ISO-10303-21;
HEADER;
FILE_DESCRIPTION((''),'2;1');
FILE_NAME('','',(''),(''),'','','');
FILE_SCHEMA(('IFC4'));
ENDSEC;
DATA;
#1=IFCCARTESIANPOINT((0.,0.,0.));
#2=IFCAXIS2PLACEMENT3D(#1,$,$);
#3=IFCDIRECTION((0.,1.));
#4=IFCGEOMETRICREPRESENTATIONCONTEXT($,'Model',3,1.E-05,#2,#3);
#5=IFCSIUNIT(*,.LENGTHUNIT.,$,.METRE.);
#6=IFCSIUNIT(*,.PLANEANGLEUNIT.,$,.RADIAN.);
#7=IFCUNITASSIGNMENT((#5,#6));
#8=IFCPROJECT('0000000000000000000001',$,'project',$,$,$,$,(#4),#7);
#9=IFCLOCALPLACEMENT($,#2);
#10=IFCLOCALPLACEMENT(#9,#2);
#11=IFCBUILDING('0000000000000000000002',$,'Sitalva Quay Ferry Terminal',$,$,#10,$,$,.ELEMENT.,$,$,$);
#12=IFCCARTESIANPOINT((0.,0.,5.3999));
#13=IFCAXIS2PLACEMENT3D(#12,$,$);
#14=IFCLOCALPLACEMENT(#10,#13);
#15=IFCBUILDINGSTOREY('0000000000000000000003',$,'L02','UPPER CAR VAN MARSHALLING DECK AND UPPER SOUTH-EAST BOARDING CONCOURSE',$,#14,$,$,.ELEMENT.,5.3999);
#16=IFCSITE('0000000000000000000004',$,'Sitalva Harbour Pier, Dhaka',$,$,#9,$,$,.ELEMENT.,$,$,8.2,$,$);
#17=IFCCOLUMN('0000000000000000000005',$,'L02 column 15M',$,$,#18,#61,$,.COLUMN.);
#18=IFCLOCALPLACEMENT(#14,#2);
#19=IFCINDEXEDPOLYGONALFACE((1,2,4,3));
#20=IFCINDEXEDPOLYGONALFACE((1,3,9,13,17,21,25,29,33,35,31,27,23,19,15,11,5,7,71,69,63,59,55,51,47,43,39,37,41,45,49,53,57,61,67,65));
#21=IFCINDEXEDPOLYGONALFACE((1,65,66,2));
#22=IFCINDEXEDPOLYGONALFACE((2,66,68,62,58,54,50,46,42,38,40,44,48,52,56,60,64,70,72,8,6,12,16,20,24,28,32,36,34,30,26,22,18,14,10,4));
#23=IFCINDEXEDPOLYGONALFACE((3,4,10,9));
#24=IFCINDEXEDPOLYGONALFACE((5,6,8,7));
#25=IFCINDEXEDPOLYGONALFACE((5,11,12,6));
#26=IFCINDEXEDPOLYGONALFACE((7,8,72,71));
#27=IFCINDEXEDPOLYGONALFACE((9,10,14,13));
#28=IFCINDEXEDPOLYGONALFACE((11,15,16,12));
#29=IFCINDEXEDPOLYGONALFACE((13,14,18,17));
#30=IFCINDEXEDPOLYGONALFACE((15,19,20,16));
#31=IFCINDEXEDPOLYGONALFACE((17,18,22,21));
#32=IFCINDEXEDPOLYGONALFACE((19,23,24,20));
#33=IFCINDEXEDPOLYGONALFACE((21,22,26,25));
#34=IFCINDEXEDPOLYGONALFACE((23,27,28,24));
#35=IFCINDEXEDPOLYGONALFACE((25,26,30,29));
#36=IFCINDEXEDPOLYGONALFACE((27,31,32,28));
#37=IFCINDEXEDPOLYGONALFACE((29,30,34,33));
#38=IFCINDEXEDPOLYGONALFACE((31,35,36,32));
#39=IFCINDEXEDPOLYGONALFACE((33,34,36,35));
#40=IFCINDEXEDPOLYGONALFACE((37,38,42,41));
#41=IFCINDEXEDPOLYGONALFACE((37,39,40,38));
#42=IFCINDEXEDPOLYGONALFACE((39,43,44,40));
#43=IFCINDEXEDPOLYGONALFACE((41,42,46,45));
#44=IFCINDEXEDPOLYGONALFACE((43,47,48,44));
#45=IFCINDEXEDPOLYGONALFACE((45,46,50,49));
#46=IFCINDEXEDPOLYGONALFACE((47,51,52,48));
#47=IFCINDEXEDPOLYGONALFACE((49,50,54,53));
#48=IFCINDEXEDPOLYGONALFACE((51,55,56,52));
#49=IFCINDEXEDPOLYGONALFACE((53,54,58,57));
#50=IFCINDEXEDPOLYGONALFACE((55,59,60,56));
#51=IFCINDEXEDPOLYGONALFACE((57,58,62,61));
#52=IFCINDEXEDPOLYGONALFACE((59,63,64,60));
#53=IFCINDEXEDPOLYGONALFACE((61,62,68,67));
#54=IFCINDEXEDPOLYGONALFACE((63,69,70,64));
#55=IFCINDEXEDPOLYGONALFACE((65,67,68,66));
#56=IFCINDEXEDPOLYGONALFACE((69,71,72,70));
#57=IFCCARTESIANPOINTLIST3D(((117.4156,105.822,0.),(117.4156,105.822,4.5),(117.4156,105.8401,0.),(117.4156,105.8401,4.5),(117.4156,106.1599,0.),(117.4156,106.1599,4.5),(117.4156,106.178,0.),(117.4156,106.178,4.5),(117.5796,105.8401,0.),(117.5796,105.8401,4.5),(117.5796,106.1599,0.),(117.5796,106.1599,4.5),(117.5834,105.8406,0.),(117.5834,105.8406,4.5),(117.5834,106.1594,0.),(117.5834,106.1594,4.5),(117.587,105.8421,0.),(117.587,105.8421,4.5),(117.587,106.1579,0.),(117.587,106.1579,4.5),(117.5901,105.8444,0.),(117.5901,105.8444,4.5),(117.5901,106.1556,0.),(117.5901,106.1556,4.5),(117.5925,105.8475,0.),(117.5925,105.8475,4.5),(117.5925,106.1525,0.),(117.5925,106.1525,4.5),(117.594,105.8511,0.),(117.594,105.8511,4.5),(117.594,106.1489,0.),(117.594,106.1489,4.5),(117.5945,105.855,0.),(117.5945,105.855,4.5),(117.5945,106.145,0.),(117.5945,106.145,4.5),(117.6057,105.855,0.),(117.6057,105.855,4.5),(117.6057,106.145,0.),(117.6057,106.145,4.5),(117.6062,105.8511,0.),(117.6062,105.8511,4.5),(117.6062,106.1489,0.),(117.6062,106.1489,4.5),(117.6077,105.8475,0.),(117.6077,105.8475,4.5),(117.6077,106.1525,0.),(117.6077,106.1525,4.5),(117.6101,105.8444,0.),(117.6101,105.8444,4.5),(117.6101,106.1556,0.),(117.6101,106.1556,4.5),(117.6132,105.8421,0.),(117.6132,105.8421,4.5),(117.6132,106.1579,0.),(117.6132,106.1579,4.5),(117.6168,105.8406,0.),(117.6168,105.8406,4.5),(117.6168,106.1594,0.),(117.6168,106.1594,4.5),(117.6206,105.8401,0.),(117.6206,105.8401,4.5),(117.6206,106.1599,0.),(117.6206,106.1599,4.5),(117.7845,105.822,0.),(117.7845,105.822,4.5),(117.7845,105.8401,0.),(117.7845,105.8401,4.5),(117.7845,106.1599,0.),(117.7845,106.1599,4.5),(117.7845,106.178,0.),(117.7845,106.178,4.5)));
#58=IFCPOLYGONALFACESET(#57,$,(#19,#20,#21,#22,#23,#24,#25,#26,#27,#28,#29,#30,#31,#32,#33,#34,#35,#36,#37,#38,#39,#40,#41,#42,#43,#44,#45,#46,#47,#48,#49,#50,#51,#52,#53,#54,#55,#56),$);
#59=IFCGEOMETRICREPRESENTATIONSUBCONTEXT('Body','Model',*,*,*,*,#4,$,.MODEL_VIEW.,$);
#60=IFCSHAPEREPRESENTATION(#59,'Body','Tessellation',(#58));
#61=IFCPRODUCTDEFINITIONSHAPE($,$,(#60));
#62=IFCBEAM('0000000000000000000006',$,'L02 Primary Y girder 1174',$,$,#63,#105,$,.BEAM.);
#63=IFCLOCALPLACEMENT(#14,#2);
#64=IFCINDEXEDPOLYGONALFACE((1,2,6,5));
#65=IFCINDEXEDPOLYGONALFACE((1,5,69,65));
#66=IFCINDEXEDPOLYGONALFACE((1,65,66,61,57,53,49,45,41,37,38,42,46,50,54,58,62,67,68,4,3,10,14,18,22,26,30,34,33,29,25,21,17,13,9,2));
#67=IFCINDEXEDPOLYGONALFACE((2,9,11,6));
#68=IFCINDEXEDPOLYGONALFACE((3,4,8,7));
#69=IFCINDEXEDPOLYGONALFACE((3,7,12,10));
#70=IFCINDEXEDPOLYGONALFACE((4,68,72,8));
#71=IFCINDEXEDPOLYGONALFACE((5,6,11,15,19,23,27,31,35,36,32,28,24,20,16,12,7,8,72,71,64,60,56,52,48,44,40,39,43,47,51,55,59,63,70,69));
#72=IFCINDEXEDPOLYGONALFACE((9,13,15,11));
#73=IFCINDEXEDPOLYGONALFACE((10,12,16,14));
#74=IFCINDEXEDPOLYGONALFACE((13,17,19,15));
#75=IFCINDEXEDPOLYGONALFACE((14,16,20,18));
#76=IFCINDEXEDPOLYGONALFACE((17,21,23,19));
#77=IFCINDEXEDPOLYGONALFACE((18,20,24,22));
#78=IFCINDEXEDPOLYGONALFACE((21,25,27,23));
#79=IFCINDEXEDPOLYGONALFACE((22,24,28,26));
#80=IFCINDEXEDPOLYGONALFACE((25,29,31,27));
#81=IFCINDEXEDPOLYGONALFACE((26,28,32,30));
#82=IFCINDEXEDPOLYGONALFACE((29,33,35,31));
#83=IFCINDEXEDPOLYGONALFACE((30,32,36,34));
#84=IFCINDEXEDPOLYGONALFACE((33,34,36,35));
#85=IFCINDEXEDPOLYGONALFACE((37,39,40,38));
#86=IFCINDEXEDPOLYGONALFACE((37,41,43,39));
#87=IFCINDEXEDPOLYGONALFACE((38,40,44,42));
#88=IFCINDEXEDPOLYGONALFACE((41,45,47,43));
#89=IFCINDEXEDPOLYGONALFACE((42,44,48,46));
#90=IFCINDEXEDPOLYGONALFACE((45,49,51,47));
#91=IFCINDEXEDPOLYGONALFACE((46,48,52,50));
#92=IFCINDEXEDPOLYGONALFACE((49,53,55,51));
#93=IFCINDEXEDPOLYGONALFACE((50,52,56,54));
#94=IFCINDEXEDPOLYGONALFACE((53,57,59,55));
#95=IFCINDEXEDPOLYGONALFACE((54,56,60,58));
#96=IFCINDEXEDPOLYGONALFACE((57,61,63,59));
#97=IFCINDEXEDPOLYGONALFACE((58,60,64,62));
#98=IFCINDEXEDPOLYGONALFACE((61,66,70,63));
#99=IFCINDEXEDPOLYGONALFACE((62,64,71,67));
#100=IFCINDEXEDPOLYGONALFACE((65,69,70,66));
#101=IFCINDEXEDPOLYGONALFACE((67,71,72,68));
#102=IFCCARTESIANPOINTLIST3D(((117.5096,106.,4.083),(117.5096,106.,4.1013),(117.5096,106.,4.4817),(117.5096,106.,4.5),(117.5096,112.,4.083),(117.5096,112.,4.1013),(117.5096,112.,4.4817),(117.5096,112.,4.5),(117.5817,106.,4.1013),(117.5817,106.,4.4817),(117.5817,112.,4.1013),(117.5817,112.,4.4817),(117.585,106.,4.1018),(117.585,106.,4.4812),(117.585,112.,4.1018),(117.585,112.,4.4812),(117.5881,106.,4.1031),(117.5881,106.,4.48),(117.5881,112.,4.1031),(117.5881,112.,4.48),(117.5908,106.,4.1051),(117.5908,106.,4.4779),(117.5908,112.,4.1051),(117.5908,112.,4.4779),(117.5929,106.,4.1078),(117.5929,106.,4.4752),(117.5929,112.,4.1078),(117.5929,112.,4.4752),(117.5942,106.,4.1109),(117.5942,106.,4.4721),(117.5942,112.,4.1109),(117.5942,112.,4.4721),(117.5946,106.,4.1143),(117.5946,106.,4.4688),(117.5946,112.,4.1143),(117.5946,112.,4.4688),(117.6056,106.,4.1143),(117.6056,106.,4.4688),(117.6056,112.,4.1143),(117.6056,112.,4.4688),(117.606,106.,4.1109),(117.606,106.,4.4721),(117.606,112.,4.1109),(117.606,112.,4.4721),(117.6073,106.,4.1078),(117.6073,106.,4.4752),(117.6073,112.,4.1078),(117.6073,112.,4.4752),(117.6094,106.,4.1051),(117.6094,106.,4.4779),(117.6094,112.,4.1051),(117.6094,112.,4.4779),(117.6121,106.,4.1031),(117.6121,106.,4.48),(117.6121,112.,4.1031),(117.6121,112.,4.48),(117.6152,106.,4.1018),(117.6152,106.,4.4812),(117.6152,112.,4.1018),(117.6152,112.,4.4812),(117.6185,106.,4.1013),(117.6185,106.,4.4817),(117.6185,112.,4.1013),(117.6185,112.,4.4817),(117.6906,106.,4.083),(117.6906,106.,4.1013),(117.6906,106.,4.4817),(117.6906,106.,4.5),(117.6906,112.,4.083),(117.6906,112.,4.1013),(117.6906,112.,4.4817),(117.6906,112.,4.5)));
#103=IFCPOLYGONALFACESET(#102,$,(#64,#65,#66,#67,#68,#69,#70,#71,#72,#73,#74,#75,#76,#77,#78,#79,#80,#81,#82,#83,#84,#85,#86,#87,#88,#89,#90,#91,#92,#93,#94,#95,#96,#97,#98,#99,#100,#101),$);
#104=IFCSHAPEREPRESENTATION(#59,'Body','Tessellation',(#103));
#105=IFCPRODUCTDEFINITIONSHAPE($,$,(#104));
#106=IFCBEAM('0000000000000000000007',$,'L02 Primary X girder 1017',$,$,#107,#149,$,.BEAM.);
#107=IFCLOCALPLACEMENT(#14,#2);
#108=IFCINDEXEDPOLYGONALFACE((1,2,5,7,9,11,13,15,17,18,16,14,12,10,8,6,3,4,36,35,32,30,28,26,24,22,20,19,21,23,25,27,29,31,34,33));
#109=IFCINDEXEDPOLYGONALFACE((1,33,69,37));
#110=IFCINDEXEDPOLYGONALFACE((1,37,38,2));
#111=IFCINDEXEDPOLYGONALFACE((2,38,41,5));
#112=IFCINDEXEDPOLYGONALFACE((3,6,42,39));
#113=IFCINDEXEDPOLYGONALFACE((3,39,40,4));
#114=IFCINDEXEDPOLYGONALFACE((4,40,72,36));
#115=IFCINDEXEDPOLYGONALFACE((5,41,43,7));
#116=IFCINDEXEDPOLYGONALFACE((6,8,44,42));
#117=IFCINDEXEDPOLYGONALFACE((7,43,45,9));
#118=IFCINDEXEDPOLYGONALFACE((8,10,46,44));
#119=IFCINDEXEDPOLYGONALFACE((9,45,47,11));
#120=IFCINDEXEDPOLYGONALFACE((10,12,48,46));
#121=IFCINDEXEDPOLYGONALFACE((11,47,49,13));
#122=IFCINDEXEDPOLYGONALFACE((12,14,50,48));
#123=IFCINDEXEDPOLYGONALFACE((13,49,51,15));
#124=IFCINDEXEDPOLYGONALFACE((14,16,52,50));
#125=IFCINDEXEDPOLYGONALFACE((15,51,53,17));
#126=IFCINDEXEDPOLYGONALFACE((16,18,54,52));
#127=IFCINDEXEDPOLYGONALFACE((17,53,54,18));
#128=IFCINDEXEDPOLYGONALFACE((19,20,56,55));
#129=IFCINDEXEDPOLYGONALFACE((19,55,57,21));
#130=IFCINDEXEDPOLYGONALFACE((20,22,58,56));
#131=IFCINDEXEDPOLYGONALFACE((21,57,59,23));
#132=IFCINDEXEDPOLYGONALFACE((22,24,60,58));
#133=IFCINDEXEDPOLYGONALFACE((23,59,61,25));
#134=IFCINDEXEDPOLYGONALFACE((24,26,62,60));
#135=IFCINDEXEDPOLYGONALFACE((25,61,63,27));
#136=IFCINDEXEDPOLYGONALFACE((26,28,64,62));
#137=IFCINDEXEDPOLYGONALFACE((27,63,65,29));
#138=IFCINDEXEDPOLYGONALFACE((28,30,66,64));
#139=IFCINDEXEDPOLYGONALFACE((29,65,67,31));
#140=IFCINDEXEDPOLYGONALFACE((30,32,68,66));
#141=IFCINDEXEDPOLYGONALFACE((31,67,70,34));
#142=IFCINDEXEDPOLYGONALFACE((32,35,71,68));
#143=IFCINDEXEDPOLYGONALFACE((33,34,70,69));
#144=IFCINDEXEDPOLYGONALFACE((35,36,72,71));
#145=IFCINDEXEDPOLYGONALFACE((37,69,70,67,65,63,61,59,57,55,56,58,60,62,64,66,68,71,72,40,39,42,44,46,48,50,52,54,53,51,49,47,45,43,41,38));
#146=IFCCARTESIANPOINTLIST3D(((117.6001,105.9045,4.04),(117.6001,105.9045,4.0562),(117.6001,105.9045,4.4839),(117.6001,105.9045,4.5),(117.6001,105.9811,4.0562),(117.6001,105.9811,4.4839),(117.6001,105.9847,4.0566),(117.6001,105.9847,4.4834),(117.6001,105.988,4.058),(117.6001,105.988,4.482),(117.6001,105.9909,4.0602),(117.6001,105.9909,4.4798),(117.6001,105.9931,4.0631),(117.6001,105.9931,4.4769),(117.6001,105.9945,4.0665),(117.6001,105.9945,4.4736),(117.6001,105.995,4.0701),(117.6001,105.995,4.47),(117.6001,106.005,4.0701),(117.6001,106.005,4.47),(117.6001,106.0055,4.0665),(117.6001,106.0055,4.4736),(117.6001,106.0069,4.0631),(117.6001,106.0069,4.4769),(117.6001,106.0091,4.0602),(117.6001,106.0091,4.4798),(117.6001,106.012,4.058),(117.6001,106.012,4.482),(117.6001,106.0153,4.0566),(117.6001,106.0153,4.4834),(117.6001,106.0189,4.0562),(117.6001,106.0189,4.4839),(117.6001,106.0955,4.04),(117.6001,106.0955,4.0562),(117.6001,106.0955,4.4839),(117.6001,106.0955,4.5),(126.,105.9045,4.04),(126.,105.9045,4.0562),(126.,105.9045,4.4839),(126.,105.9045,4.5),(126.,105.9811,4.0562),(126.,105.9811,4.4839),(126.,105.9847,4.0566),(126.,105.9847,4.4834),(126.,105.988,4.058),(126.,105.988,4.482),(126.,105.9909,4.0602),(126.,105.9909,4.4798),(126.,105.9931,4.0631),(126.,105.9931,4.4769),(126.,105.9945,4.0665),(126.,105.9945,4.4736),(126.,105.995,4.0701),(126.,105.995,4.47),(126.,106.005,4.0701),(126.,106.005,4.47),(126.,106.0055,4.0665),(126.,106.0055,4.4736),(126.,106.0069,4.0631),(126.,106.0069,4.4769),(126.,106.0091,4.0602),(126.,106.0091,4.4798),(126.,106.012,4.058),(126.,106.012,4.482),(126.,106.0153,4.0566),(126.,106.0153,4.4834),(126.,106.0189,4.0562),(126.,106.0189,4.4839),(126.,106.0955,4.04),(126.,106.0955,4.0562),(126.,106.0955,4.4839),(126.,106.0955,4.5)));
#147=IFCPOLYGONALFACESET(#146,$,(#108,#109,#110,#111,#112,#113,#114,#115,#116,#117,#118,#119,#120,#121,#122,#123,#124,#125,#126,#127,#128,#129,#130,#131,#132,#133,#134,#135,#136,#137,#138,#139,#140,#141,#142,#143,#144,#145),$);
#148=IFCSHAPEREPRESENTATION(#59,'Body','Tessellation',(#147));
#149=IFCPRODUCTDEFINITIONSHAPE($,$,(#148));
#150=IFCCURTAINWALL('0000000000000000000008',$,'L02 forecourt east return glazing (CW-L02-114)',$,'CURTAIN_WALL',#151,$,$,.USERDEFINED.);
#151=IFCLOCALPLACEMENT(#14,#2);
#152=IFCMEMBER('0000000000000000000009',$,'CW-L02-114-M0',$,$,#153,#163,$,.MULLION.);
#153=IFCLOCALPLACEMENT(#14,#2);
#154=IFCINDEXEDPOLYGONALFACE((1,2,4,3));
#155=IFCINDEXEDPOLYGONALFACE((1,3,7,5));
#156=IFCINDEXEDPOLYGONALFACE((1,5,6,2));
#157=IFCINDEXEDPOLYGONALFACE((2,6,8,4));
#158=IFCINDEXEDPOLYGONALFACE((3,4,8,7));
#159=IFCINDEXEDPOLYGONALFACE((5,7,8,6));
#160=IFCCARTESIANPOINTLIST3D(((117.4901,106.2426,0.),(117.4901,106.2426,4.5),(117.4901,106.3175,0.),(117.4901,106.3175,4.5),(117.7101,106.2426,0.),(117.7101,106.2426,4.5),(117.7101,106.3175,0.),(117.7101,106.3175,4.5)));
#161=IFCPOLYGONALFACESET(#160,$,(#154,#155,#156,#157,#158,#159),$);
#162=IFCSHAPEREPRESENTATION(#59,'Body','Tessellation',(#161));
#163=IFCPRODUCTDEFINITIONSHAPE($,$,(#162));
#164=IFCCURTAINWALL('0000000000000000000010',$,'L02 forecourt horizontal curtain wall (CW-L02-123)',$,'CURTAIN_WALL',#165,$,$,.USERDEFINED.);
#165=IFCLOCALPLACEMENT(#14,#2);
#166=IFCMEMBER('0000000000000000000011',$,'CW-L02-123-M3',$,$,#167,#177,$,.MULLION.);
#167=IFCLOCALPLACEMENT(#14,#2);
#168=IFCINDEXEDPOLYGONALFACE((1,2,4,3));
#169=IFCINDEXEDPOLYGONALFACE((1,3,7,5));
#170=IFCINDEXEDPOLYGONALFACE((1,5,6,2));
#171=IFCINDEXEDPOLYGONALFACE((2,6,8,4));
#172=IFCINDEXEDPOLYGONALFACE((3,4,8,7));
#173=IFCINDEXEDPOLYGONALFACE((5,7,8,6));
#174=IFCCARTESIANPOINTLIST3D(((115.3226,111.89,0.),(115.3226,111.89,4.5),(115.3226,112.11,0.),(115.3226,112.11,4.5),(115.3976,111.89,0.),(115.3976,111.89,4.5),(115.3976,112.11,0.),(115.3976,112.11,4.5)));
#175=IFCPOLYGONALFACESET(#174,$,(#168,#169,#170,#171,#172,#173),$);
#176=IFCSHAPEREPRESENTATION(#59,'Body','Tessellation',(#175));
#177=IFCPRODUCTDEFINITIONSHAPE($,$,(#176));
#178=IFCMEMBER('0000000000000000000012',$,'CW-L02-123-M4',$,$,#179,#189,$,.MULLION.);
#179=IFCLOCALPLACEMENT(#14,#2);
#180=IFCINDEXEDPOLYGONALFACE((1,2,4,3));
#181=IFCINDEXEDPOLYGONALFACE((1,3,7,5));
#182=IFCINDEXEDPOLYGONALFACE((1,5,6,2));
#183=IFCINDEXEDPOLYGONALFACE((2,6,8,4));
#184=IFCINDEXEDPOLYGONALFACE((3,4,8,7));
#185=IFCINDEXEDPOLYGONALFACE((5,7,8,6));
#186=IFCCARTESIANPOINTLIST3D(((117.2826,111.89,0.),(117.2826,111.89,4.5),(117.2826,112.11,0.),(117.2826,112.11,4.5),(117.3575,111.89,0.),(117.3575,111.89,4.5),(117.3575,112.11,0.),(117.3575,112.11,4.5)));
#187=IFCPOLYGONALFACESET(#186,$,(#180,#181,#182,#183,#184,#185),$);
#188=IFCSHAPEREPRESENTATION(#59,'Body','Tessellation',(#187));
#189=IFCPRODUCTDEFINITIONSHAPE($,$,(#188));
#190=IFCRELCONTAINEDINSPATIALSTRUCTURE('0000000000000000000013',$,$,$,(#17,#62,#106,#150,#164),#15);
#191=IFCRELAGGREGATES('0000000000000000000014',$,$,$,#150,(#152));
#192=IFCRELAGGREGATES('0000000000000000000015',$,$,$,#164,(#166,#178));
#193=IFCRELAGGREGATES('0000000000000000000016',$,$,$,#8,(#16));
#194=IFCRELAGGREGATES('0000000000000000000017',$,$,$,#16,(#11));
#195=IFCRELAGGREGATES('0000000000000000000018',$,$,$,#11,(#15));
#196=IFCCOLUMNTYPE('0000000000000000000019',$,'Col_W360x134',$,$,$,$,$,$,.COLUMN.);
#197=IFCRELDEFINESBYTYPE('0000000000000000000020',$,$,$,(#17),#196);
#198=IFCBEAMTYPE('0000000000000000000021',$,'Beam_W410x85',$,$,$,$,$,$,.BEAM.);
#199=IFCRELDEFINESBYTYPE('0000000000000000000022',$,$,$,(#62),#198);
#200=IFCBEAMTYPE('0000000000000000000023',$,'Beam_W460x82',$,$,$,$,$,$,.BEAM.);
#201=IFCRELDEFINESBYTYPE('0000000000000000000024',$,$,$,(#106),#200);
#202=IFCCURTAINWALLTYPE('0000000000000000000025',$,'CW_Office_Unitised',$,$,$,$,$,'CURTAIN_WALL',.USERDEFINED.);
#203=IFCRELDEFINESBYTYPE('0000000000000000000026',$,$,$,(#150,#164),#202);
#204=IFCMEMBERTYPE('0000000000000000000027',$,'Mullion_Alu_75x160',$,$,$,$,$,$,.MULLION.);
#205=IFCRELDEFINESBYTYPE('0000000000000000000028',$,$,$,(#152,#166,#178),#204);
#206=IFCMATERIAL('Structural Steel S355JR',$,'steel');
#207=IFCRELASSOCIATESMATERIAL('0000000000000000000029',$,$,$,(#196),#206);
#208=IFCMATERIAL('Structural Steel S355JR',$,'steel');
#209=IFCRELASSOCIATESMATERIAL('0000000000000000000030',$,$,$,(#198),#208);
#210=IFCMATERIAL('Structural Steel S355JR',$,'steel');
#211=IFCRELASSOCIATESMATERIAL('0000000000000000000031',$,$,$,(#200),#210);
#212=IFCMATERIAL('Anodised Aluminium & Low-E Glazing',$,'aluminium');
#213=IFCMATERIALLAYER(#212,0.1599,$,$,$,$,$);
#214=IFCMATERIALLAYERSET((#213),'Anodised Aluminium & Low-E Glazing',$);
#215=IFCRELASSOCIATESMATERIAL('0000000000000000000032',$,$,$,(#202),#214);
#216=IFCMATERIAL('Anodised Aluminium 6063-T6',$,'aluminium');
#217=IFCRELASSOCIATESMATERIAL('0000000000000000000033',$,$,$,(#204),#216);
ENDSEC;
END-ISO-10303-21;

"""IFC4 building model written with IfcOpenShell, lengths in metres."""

from ifc_helpers import new_model, si_unit, direction, frame, origin, origin_2d, place, context, subcontext, project, spatial, rectangle, i_section, extrude, material, layer, layer_set, material_profile, profile_set, type_object, element, aggregate, save


model = new_model("IFC4")

# Units and contexts
model_context = context("Model", 3, precision=1e-05, world=origin(), true_north=direction((0.0, 1.0)))
body_context = subcontext(model_context, "Body", "Model", "MODEL_VIEW")
ifc_project = project(units=[si_unit("LENGTHUNIT", "METRE"), si_unit("PLANEANGLEUNIT", "RADIAN")], contexts=[model_context])

# Site, building, storey
site_placement = place(None, origin())
site = spatial("IfcSite", under=ifc_project, at=site_placement, Name="Sitalva Harbour Pier, Dhaka", CompositionType="ELEMENT", RefElevation=8.2)
building_placement = place(site_placement, origin())
building = spatial("IfcBuilding", under=site, at=building_placement, Name="Sitalva Quay Ferry Terminal", CompositionType="ELEMENT")
storey_placement = place(building_placement, frame((0.0, 0.0, 5.3999)))
storey = spatial("IfcBuildingStorey", under=building, at=storey_placement, Name="L02", Description="UPPER CAR VAN MARSHALLING DECK AND UPPER SOUTH-EAST BOARDING CONCOURSE", CompositionType="ELEMENT", Elevation=5.3999)

# Column
ifc_material_1 = material(Name="Structural Steel S355JR", Category="steel")
ifc_material_profile_1 = material_profile(ifc_material_1, i_section(OverallWidth=0.3689, OverallDepth=0.356, WebThickness=0.0112, FlangeThickness=0.0181, FilletRadius=0.0149, at=origin_2d()), Name="W360x134")
ifc_profile_set_1 = profile_set([ifc_material_profile_1], Name="Structural Steel S355JR")
column_type = type_object("IfcColumnType", Name="Col_W360x134", PredefinedType="COLUMN", material=ifc_profile_set_1)
column_placement = place(storey_placement, frame((117.6001, 106.0, 0.0), z_axis=(0.0, 0.0, 1.0), x_axis=(1.0, 0.0, 0.0)))
element("IfcColumn", 1, at=column_placement, inside=storey, type_object=column_type, Name="L02 column 15M", PredefinedType="COLUMN", context=body_context, shape_type="SweptSolid", body=[
    extrude(i_section(OverallWidth=0.3689, OverallDepth=0.356, WebThickness=0.0112, FlangeThickness=0.0181, FilletRadius=0.0149, at=origin_2d()), origin(), (0.0, 0.0, 1.0), 4.5),
])

# Beams
ifc_material_2 = material(Name="Structural Steel S355JR", Category="steel")
ifc_material_profile_2 = material_profile(ifc_material_2, i_section(OverallWidth=0.1809, OverallDepth=0.417, WebThickness=0.011, FlangeThickness=0.0183, FilletRadius=0.0129, at=origin_2d()), Name="W410x85")
ifc_profile_set_2 = profile_set([ifc_material_profile_2], Name="Structural Steel S355JR")
beam_type_1 = type_object("IfcBeamType", Name="Beam_W410x85", PredefinedType="BEAM", material=ifc_profile_set_2)
beam_1_placement = place(storey_placement, frame((117.6001, 106.0, 4.2915), z_axis=(0.0, 1.0, 0.0), x_axis=(-1.0, 0.0, 0.0)))
element("IfcBeam", 2, at=beam_1_placement, inside=storey, type_object=beam_type_1, Name="L02 Primary Y girder 1174", PredefinedType="BEAM", context=body_context, shape_type="SweptSolid", body=[
    extrude(i_section(OverallWidth=0.1809, OverallDepth=0.417, WebThickness=0.011, FlangeThickness=0.0183, FilletRadius=0.0129, at=origin_2d()), origin(), (0.0, 0.0, 1.0), 6.0),
])
ifc_material_3 = material(Name="Structural Steel S355JR", Category="steel")
ifc_material_profile_3 = material_profile(ifc_material_3, i_section(OverallWidth=0.1909, OverallDepth=0.46, WebThickness=0.01, FlangeThickness=0.0161, FilletRadius=0.0139, at=origin_2d()), Name="W460x82")
ifc_profile_set_3 = profile_set([ifc_material_profile_3], Name="Structural Steel S355JR")
beam_type_2 = type_object("IfcBeamType", Name="Beam_W460x82", PredefinedType="BEAM", material=ifc_profile_set_3)
beam_2_placement = place(storey_placement, frame((117.6001, 106.0, 4.27), z_axis=(1.0, 0.0, 0.0), x_axis=(0.0, 1.0, 0.0)))
element("IfcBeam", 3, at=beam_2_placement, inside=storey, type_object=beam_type_2, Name="L02 Primary X girder 1017", PredefinedType="BEAM", context=body_context, shape_type="SweptSolid", body=[
    extrude(i_section(OverallWidth=0.1909, OverallDepth=0.46, WebThickness=0.01, FlangeThickness=0.0161, FilletRadius=0.0139, at=origin_2d()), origin(), (0.0, 0.0, 1.0), 8.3999),
])

# Curtain wall, member
ifc_material_4 = material(Name="Anodised Aluminium & Low-E Glazing", Category="aluminium")
ifc_layer_1 = layer(ifc_material_4, 0.1599)
ifc_layer_set_1 = layer_set([ifc_layer_1], Name="Anodised Aluminium & Low-E Glazing")
curtain_wall_type = type_object("IfcCurtainWallType", Name="CW_Office_Unitised", ElementType="CURTAIN_WALL", PredefinedType="USERDEFINED", material=ifc_layer_set_1)
curtain_wall_1_placement = place(storey_placement, origin())
curtain_wall_1 = element("IfcCurtainWall", 4, at=curtain_wall_1_placement, inside=storey, type_object=curtain_wall_type, Name="L02 forecourt east return glazing (CW-L02-114)", ObjectType="CURTAIN_WALL", PredefinedType="USERDEFINED")
ifc_material_5 = material(Name="Anodised Aluminium 6063-T6", Category="aluminium")
ifc_material_profile_4 = material_profile(ifc_material_5, rectangle(XDim=0.075, YDim=0.22, at=origin_2d()), Name="ALU75x220")
ifc_profile_set_4 = profile_set([ifc_material_profile_4], Name="Anodised Aluminium 6063-T6")
member_type_1 = type_object("IfcMemberType", Name="Mullion_Alu_75x160", PredefinedType="MULLION", material=ifc_profile_set_4)
member_1_placement = place(storey_placement, frame((117.6001, 106.28, 0.0), z_axis=(0.0, 0.0, 1.0), x_axis=(0.0, 1.0, 0.0)))
member_1 = element("IfcMember", 5, at=member_1_placement, type_object=member_type_1, Name="CW-L02-114-M0", PredefinedType="MULLION", context=body_context, shape_type="SweptSolid", body=[
    extrude(rectangle(XDim=0.075, YDim=0.22, at=origin_2d()), origin(), (0.0, 0.0, 1.0), 4.5),
])

# Curtain wall, members
curtain_wall_2_placement = place(storey_placement, origin())
curtain_wall_2 = element("IfcCurtainWall", 6, at=curtain_wall_2_placement, inside=storey, type_object=curtain_wall_type, Name="L02 forecourt horizontal curtain wall (CW-L02-123)", ObjectType="CURTAIN_WALL", PredefinedType="USERDEFINED")
member_2_placement = place(storey_placement, frame((115.3601, 112.0, 0.0), z_axis=(0.0, 0.0, 1.0), x_axis=(1.0, 0.0, 0.0)))
member_2 = element("IfcMember", 7, at=member_2_placement, type_object=member_type_1, Name="CW-L02-123-M3", PredefinedType="MULLION", context=body_context, shape_type="SweptSolid", body=[
    extrude(rectangle(XDim=0.075, YDim=0.22, at=origin_2d()), origin(), (0.0, 0.0, 1.0), 4.5),
])
member_3_placement = place(storey_placement, frame((117.3201, 112.0, 0.0), z_axis=(0.0, 0.0, 1.0), x_axis=(1.0, 0.0, 0.0)))
member_3 = element("IfcMember", 8, at=member_3_placement, type_object=member_type_1, Name="CW-L02-123-M4", PredefinedType="MULLION", context=body_context, shape_type="SweptSolid", body=[
    extrude(rectangle(XDim=0.075, YDim=0.22, at=origin_2d()), origin(), (0.0, 0.0, 1.0), 4.5),
])

aggregate(curtain_wall_1, [member_1])
aggregate(curtain_wall_2, [member_2, member_3])

save(model, "model.ifc")
